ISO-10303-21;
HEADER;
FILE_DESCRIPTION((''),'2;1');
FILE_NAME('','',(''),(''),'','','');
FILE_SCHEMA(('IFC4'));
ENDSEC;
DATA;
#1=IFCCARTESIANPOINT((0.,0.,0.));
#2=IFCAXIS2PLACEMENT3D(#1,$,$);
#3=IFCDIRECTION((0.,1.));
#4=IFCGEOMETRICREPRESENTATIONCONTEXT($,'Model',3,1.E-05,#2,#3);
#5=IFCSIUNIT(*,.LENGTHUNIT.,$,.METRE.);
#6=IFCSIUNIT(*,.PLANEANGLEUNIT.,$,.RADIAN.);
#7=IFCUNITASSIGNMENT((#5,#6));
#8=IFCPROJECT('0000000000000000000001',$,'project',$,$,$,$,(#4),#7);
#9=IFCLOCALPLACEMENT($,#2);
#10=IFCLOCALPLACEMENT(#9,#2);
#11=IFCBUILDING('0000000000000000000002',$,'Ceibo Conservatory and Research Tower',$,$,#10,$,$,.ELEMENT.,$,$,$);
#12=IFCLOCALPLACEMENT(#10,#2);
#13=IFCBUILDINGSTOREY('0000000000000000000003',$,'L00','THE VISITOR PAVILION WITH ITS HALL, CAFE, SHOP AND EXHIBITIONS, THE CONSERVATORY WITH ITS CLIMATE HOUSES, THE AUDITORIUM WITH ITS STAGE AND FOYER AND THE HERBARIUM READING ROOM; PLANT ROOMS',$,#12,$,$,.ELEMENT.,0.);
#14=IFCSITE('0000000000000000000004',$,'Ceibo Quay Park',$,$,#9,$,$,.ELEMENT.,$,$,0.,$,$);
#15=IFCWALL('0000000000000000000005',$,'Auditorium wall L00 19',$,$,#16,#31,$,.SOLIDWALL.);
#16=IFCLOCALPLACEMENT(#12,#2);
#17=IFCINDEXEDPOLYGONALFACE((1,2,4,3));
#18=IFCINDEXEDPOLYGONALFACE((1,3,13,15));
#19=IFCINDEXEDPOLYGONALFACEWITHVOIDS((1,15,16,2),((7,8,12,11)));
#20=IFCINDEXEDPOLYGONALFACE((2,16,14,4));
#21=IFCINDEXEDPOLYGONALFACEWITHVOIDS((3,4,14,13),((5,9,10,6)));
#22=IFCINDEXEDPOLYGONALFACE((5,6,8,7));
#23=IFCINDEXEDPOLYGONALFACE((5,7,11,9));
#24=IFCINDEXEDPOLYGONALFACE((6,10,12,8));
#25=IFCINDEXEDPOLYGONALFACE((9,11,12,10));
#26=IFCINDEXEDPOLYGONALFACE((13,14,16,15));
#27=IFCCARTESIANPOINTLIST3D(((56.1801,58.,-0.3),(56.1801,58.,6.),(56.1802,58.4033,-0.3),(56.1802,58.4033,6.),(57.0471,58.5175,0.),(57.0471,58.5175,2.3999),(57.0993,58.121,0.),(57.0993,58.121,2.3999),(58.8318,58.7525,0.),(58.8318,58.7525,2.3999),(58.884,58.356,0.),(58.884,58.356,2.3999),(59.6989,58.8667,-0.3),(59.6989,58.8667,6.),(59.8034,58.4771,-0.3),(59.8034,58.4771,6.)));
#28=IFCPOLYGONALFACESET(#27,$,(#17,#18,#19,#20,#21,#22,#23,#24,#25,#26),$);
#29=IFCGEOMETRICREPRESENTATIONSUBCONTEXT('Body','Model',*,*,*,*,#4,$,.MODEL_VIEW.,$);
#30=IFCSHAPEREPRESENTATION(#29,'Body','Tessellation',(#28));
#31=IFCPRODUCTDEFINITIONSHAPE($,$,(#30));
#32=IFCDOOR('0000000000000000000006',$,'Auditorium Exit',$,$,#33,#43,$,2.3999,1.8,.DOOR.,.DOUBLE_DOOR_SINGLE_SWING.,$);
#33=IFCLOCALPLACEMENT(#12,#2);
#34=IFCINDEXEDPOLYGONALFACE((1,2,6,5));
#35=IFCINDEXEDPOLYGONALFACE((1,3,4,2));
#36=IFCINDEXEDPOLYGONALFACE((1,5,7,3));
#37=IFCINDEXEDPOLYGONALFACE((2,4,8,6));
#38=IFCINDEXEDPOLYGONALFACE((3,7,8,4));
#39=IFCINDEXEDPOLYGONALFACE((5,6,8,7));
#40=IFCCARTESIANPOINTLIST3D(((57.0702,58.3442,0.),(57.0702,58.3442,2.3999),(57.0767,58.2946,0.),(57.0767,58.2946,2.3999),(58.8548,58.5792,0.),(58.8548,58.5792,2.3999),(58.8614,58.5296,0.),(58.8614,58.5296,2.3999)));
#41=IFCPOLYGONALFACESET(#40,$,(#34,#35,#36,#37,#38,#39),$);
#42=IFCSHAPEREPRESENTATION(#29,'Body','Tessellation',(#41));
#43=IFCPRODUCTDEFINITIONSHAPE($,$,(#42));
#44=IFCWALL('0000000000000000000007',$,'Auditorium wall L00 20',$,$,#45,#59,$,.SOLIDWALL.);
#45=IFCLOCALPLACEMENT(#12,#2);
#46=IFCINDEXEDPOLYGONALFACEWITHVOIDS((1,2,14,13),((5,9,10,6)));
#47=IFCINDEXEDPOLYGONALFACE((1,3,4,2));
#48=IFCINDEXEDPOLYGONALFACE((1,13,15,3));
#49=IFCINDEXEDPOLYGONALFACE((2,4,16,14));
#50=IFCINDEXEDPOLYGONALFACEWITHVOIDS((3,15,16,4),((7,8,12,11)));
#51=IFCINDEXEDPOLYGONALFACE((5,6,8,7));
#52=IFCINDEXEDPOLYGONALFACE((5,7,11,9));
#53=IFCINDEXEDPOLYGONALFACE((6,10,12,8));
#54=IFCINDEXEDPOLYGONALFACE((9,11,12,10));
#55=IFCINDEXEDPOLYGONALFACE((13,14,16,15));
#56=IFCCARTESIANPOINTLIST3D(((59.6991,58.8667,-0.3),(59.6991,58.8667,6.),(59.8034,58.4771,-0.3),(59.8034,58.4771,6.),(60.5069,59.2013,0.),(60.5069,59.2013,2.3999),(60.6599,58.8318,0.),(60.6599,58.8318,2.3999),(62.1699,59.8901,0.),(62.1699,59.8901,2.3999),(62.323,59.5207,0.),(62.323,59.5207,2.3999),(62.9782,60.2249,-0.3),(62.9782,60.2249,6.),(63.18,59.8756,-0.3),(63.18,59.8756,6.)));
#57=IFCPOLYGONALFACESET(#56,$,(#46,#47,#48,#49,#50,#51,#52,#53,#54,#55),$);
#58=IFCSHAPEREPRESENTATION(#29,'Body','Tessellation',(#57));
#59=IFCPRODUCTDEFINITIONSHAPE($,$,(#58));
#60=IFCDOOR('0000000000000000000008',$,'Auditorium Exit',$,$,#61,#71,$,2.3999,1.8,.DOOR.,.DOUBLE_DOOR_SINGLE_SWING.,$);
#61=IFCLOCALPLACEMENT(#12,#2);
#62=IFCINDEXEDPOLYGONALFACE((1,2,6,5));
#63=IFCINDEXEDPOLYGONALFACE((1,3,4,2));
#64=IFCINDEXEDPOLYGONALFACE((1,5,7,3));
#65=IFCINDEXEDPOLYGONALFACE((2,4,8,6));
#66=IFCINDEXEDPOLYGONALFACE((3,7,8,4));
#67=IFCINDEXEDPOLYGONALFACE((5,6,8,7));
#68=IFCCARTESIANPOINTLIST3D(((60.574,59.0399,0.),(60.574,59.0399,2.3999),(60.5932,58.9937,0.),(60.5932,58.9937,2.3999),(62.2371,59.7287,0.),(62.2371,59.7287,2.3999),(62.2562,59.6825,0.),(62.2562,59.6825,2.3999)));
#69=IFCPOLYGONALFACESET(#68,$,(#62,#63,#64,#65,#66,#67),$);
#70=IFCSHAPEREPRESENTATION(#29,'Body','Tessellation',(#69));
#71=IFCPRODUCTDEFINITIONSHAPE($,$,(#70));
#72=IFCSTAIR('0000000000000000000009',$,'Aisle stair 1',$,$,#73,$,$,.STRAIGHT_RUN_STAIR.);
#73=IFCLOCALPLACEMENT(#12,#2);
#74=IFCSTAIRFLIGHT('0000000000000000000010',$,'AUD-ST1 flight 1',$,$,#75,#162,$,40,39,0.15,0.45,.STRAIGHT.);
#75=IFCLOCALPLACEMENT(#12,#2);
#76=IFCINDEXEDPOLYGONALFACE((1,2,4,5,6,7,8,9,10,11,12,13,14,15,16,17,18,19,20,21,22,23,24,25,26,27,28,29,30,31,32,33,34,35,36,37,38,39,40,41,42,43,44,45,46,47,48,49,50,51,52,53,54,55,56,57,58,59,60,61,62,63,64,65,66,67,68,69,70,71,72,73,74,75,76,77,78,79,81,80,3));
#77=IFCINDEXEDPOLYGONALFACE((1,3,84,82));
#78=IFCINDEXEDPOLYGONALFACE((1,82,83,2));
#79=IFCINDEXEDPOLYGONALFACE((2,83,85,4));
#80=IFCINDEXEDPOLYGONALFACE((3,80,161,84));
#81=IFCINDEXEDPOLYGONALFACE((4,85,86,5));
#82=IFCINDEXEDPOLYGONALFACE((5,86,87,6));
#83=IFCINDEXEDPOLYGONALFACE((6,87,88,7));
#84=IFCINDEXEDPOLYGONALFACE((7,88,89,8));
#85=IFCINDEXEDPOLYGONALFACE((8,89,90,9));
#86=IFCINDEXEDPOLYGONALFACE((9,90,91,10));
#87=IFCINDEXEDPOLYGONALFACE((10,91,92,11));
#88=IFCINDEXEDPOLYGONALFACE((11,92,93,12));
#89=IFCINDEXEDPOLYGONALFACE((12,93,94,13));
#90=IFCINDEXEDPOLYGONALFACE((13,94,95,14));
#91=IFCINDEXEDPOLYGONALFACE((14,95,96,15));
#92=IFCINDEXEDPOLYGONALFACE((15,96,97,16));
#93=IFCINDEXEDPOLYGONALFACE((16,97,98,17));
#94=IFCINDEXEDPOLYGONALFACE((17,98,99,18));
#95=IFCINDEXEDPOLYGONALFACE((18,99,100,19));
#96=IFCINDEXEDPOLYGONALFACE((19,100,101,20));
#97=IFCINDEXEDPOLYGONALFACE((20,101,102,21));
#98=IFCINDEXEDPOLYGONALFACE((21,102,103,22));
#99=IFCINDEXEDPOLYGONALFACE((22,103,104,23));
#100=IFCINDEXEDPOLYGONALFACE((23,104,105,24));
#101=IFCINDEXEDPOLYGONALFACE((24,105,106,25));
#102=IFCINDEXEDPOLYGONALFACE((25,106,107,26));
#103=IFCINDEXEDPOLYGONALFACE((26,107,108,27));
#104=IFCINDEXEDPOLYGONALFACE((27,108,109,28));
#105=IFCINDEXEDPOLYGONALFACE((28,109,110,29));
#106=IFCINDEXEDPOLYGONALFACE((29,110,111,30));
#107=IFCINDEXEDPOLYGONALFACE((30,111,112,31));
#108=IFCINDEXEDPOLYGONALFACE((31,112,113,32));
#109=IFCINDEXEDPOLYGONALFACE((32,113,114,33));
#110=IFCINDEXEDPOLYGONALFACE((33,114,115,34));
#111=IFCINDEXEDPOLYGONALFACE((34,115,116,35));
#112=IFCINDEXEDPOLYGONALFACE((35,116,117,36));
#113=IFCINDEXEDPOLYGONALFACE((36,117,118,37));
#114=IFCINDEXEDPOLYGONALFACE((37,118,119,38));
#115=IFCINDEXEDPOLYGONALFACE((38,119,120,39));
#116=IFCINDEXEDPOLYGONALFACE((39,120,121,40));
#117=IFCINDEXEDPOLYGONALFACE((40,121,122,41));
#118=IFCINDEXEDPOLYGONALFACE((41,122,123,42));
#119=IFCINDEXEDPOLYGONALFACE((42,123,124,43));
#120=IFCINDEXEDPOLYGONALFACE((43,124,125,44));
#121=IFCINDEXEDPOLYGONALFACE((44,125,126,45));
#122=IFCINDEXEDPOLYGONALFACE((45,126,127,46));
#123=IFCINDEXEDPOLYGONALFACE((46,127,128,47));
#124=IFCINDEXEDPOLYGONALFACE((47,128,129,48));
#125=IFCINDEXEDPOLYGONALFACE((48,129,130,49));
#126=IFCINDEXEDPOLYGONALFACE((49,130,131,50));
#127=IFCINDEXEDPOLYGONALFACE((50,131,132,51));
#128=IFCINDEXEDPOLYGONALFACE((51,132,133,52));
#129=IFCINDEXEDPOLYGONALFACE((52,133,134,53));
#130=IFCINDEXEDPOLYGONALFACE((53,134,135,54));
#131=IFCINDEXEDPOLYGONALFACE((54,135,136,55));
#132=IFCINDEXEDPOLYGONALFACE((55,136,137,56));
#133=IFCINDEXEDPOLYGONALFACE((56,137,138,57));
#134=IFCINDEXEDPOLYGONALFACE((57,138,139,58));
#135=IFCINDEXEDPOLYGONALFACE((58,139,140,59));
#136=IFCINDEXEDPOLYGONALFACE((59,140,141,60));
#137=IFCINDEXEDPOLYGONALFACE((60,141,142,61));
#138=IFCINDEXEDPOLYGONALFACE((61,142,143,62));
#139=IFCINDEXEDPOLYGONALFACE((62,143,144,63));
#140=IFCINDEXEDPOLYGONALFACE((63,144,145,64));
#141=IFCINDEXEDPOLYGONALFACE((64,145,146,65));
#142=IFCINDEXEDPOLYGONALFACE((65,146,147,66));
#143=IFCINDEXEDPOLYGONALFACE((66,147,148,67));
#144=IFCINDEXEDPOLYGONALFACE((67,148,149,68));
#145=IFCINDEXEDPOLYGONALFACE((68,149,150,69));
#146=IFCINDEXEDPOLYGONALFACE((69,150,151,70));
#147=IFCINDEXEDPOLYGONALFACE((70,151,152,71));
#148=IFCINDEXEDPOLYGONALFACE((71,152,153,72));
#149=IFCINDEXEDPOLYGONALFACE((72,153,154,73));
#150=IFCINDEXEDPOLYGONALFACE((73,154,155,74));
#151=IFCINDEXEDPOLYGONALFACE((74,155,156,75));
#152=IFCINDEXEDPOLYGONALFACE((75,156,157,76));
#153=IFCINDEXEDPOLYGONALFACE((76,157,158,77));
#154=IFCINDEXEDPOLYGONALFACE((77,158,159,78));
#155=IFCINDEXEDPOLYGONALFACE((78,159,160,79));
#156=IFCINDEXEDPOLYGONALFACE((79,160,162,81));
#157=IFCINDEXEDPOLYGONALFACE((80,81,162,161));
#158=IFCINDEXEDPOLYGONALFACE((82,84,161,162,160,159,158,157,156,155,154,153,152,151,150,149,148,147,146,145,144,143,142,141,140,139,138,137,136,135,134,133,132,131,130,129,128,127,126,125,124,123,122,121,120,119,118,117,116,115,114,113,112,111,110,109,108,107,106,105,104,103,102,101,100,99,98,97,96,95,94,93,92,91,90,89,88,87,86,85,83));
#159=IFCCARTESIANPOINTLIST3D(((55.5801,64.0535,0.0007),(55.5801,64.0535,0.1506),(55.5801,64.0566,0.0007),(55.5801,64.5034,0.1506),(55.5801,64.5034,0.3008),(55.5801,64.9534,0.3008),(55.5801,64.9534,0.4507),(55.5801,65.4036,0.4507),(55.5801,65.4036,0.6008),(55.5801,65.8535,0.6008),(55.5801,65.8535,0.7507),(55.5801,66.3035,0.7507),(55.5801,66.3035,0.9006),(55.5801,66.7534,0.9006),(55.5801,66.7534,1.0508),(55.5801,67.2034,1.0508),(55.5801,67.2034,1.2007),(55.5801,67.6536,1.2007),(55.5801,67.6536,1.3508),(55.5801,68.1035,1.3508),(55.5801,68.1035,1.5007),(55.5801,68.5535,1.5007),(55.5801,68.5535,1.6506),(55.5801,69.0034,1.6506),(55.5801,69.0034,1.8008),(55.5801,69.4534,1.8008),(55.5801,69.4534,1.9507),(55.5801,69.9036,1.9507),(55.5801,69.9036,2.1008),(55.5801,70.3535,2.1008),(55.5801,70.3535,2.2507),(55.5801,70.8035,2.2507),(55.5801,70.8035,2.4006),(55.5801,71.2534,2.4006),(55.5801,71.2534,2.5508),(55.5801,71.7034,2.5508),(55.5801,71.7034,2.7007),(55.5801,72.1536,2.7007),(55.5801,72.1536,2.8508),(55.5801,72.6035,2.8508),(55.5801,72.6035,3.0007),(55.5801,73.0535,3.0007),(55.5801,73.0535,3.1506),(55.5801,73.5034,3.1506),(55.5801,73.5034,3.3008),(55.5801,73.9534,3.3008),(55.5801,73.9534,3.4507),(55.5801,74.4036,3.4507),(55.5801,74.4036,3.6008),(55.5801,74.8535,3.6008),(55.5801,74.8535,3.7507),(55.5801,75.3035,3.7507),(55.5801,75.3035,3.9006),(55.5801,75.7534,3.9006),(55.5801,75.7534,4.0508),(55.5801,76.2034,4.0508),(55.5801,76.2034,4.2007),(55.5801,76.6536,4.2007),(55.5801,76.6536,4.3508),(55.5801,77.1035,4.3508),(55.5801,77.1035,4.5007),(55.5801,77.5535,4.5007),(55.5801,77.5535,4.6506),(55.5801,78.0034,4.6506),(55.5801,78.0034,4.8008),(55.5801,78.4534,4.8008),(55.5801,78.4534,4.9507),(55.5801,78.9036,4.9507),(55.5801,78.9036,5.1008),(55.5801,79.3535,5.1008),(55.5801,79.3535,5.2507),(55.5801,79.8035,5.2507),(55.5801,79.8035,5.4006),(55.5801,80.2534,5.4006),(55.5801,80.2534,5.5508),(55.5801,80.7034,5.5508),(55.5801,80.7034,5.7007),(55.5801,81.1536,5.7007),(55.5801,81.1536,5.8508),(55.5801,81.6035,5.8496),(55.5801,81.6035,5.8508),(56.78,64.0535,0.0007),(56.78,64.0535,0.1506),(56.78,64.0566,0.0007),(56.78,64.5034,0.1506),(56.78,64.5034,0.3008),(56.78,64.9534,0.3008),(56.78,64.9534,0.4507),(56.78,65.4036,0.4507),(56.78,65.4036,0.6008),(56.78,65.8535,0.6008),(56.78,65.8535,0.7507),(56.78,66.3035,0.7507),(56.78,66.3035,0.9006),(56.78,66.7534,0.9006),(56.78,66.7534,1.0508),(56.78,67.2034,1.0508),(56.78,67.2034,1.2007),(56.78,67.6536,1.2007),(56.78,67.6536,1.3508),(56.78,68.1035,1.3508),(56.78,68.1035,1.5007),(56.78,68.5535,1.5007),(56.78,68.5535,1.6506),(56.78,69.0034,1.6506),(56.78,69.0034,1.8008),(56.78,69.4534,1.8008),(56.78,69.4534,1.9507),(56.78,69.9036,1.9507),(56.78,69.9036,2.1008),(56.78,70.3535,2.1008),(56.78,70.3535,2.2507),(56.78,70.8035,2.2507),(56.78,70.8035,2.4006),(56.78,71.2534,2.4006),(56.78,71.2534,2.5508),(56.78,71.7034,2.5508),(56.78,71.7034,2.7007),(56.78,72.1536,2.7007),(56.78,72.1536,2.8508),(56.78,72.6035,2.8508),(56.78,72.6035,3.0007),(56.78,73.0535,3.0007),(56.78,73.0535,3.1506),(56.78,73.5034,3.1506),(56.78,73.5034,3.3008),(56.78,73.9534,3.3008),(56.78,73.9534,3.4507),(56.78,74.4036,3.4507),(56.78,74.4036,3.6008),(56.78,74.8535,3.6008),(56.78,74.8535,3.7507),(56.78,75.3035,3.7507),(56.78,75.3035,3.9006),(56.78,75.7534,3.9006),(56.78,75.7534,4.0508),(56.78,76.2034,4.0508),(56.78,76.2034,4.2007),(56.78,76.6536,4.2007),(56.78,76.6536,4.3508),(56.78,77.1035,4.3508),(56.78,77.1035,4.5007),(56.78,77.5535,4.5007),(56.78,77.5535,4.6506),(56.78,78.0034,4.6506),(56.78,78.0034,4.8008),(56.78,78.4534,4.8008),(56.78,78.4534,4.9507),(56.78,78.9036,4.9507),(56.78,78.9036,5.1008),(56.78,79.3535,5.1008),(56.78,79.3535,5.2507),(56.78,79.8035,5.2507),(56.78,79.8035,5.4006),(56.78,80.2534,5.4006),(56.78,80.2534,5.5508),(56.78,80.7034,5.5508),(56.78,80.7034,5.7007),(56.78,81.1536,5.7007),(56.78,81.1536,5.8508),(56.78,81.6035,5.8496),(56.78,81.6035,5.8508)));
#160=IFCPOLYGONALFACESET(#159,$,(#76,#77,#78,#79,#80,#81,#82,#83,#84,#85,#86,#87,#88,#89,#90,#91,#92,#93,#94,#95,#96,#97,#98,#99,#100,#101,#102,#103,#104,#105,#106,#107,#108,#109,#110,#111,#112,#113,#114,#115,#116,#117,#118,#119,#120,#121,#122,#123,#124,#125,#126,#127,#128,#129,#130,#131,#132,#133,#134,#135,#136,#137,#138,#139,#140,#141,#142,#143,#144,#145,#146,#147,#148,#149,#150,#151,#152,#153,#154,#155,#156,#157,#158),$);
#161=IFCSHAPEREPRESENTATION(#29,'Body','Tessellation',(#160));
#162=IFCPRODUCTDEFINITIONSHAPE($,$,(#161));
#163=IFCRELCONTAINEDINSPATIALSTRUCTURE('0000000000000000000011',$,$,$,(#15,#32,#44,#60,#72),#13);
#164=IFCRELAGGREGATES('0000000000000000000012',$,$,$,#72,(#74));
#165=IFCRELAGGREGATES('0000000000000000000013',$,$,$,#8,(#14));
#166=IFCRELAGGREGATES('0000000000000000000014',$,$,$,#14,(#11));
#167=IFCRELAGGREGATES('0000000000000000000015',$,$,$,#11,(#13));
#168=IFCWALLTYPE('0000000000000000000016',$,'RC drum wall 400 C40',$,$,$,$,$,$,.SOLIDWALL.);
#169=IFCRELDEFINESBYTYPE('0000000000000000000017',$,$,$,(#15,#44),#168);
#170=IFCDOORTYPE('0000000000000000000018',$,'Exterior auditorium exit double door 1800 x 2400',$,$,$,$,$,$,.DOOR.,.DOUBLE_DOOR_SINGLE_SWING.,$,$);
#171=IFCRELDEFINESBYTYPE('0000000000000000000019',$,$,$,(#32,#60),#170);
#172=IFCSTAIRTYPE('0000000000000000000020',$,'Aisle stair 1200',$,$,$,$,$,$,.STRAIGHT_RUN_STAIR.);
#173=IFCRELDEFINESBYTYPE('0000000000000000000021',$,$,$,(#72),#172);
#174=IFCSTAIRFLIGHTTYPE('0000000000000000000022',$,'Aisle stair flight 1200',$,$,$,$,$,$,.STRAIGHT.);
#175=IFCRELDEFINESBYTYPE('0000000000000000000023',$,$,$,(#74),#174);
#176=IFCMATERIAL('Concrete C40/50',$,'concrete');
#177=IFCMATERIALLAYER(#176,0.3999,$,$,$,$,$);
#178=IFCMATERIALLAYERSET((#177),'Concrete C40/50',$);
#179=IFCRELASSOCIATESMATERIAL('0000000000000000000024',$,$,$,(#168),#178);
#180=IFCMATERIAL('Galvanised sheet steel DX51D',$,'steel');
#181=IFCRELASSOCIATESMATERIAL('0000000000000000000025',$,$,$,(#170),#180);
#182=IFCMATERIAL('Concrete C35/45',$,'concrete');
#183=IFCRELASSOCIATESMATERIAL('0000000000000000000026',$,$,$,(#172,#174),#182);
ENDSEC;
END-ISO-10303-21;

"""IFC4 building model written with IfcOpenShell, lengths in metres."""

from ifc_helpers import new_model, si_unit, direction, frame, frame_2d, origin, place, context, subcontext, project, spatial, polyline, rectangle, outline, extrude, material, layer, layer_set, type_object, element, fill, aggregate, save


model = new_model("IFC4")

# Units and contexts
model_context = context("Model", 3, precision=1e-05, world=origin(), true_north=direction((0.0, 1.0)))
body_context = subcontext(model_context, "Body", "Model", "MODEL_VIEW")
ifc_project = project(units=[si_unit("LENGTHUNIT", "METRE"), si_unit("PLANEANGLEUNIT", "RADIAN")], contexts=[model_context])

# Site, building, storey
site_placement = place(None, origin())
site = spatial("IfcSite", under=ifc_project, at=site_placement, Name="Ceibo Quay Park", CompositionType="ELEMENT", RefElevation=0.0)
building_placement = place(site_placement, origin())
building = spatial("IfcBuilding", under=site, at=building_placement, Name="Ceibo Conservatory and Research Tower", CompositionType="ELEMENT")
storey_placement = place(building_placement, origin())
storey = spatial("IfcBuildingStorey", under=building, at=storey_placement, Name="L00", Description="THE VISITOR PAVILION WITH ITS HALL, CAFE, SHOP AND EXHIBITIONS, THE CONSERVATORY WITH ITS CLIMATE HOUSES, THE AUDITORIUM WITH ITS STAGE AND FOYER AND THE HERBARIUM READING ROOM; PLANT ROOMS", CompositionType="ELEMENT", Elevation=0.0)

# Shared definitions
ifc_material_1 = material(Name="Concrete C35/45", Category="concrete")

# Walls, openings, doors
ifc_material_2 = material(Name="Concrete C40/50", Category="concrete")
ifc_layer_1 = layer(ifc_material_2, 0.3999)
ifc_layer_set_1 = layer_set([ifc_layer_1], Name="Concrete C40/50")
wall_type_1 = type_object("IfcWallType", Name="RC drum wall 400 C40", PredefinedType="SOLIDWALL", material=ifc_layer_set_1)
ifc_material_3 = material(Name="Galvanised sheet steel DX51D", Category="steel")
door_type = type_object("IfcDoorType", Name="Exterior auditorium exit double door 1800 x 2400", OperationType="DOUBLE_DOOR_SINGLE_SWING", PredefinedType="DOOR", material=ifc_material_3)
wall_1_placement = place(storey_placement, frame((56.1802, 58.2017, -0.3), z_axis=(0.0, 0.0, 1.0), x_axis=(0.991442, 0.130547, 0.0)))
wall_1 = element("IfcWall", 1, at=wall_1_placement, inside=storey, type_object=wall_type_1, Name="Auditorium wall L00 19", PredefinedType="SOLIDWALL", context=body_context, shape_type="SweptSolid", body=[
    extrude(outline(polyline([(-0.0264, -0.2), (3.6282, -0.2), (3.5754, 0.2), (0.0264, 0.2), (-0.0264, -0.2)])), origin(), (0.0, 0.0, 1.0), 6.3),
])
opening_1_placement = place(wall_1_placement, frame((0.9009, 0.0, 0.3)))
opening_1 = element("IfcOpeningElement", 2, at=opening_1_placement, cuts=wall_1, PredefinedType="OPENING", context=body_context, shape_type="SweptSolid", body=[
    extrude(rectangle(XDim=1.8, YDim=2.3999, at=frame_2d((0.8999, 1.2))), frame((0.0, 0.21, 0.0), z_axis=(0.0, -1.0, 0.0), x_axis=(1.0, 0.0, 0.0)), (0.0, 0.0, 1.0), 0.4199),
])
door_1_placement = place(opening_1_placement, frame((1.8, 0.0, 0.0), z_axis=(0.0, 0.0, 1.0), x_axis=(-1.0, 0.0, 0.0)))
door_1 = element("IfcDoor", 3, at=door_1_placement, inside=storey, type_object=door_type, Name="Auditorium Exit", OperationType="DOUBLE_DOOR_SINGLE_SWING", OverallHeight=2.3999, OverallWidth=1.8, PredefinedType="DOOR", context=body_context, shape_type="SweptSolid", body=[
    extrude(rectangle(XDim=1.8, YDim=2.3999, at=frame_2d((0.8999, 1.2))), frame((0.0, 0.0249, 0.0), z_axis=(0.0, -1.0, 0.0), x_axis=(1.0, 0.0, 0.0)), (0.0, 0.0, 1.0), 0.05),
])
fill(opening_1, door_1)
wall_2_placement = place(storey_placement, frame((59.7512, 58.6719, -0.3), z_axis=(0.0, 0.0, 1.0), x_axis=(0.923883, 0.382675, 0.0)))
wall_2 = element("IfcWall", 4, at=wall_2_placement, inside=storey, type_object=wall_type_1, Name="Auditorium wall L00 20", PredefinedType="SOLIDWALL", context=body_context, shape_type="SweptSolid", body=[
    extrude(outline(polyline([(-0.0264, -0.2), (3.6284, -0.2), (3.5757, 0.2), (0.0264, 0.2), (-0.0264, -0.2)])), origin(), (0.0, 0.0, 1.0), 6.3),
])
opening_2_placement = place(wall_2_placement, frame((0.9009, 0.0, 0.3)))
opening_2 = element("IfcOpeningElement", 5, at=opening_2_placement, cuts=wall_2, PredefinedType="OPENING", context=body_context, shape_type="SweptSolid", body=[
    extrude(rectangle(XDim=1.8, YDim=2.3999, at=frame_2d((0.8999, 1.2))), frame((0.0, 0.21, 0.0), z_axis=(0.0, -1.0, 0.0), x_axis=(1.0, 0.0, 0.0)), (0.0, 0.0, 1.0), 0.4199),
])
door_2_placement = place(opening_2_placement, frame((1.8, 0.0, 0.0), z_axis=(0.0, 0.0, 1.0), x_axis=(-1.0, 0.0, 0.0)))
door_2 = element("IfcDoor", 6, at=door_2_placement, inside=storey, type_object=door_type, Name="Auditorium Exit", OperationType="DOUBLE_DOOR_SINGLE_SWING", OverallHeight=2.3999, OverallWidth=1.8, PredefinedType="DOOR", context=body_context, shape_type="SweptSolid", body=[
    extrude(rectangle(XDim=1.8, YDim=2.3999, at=frame_2d((0.8999, 1.2))), frame((0.0, 0.0249, 0.0), z_axis=(0.0, -1.0, 0.0), x_axis=(1.0, 0.0, 0.0)), (0.0, 0.0, 1.0), 0.05),
])
fill(opening_2, door_2)

# Stair, stair flight
stair_type = type_object("IfcStairType", Name="Aisle stair 1200", PredefinedType="STRAIGHT_RUN_STAIR", material=ifc_material_1)
stair_1_placement = place(storey_placement, origin())
stair_1 = element("IfcStair", 7, at=stair_1_placement, inside=storey, type_object=stair_type, Name="Aisle stair 1", PredefinedType="STRAIGHT_RUN_STAIR")
stair_flight_type = type_object("IfcStairFlightType", Name="Aisle stair flight 1200", PredefinedType="STRAIGHT", material=ifc_material_1)
stair_flight_1_placement = place(storey_placement, frame((56.1802, 64.0535, 0.0007), z_axis=(0.0, 0.0, 1.0), x_axis=(0.0, 1.0, 0.0)))
stair_flight_1 = element("IfcStairFlight", 8, at=stair_flight_1_placement, type_object=stair_flight_type, Name="AUD-ST1 flight 1", NumberOfRisers=40, NumberOfTreads=39, PredefinedType="STRAIGHT", RiserHeight=0.15, TreadLength=0.45, context=body_context, shape_type="SweptSolid", body=[
    extrude(outline(polyline([(0.0, 0.0), (0.0, 0.1499), (0.45, 0.1499), (0.45, 0.3), (0.8999, 0.3), (0.8999, 0.45), (1.3501, 0.45), (1.3501, 0.6001), (1.8, 0.6001), (1.8, 0.75), (2.25, 0.75), (2.25, 0.8999), (2.7, 0.8999), (2.7, 1.05), (3.1499, 1.05), (3.1499, 1.2), (3.6001, 1.2), (3.6001, 1.3501), (4.05, 1.3501), (4.05, 1.5), (4.5, 1.5), (4.5, 1.6499), (4.95, 1.6499), (4.95, 1.8), (5.3999, 1.8), (5.3999, 1.95), (5.8501, 1.95), (5.8501, 2.1001), (6.3, 2.1001), (6.3, 2.25), (6.75, 2.25), (6.75, 2.3999), (7.2, 2.3999), (7.2, 2.55), (7.6499, 2.55), (7.6499, 2.7), (8.1001, 2.7), (8.1001, 2.8501), (8.55, 2.8501), (8.55, 3.0), (9.0, 3.0), (9.0, 3.1499), (9.45, 3.1499), (9.45, 3.3), (9.8999, 3.3), (9.8999, 3.45), (10.3501, 3.45), (10.3501, 3.6001), (10.8, 3.6001), (10.8, 3.75), (11.25, 3.75), (11.25, 3.8999), (11.7, 3.8999), (11.7, 4.05), (12.1499, 4.05), (12.1499, 4.2), (12.6001, 4.2), (12.6001, 4.3501), (13.05, 4.3501), (13.05, 4.5), (13.5, 4.5), (13.5, 4.6499), (13.95, 4.6499), (13.95, 4.8), (14.3999, 4.8), (14.3999, 4.95), (14.8501, 4.95), (14.8501, 5.1001), (15.3, 5.1001), (15.3, 5.25), (15.75, 5.25), (15.75, 5.3999), (16.2, 5.3999), (16.2, 5.55), (16.6499, 5.55), (16.6499, 5.7), (17.1001, 5.7), (17.1001, 5.8501), (17.55, 5.8501), (17.55, 6.0), (17.55, 5.8489), (0.0032, 0.0), (0.0, 0.0)])), frame((0.0, 0.6001, 0.0), z_axis=(0.0, -1.0, 0.0), x_axis=(1.0, 0.0, 0.0)), (0.0, 0.0, 1.0), 1.2),
])
aggregate(stair_1, [stair_flight_1])

save(model, "model.ifc")
